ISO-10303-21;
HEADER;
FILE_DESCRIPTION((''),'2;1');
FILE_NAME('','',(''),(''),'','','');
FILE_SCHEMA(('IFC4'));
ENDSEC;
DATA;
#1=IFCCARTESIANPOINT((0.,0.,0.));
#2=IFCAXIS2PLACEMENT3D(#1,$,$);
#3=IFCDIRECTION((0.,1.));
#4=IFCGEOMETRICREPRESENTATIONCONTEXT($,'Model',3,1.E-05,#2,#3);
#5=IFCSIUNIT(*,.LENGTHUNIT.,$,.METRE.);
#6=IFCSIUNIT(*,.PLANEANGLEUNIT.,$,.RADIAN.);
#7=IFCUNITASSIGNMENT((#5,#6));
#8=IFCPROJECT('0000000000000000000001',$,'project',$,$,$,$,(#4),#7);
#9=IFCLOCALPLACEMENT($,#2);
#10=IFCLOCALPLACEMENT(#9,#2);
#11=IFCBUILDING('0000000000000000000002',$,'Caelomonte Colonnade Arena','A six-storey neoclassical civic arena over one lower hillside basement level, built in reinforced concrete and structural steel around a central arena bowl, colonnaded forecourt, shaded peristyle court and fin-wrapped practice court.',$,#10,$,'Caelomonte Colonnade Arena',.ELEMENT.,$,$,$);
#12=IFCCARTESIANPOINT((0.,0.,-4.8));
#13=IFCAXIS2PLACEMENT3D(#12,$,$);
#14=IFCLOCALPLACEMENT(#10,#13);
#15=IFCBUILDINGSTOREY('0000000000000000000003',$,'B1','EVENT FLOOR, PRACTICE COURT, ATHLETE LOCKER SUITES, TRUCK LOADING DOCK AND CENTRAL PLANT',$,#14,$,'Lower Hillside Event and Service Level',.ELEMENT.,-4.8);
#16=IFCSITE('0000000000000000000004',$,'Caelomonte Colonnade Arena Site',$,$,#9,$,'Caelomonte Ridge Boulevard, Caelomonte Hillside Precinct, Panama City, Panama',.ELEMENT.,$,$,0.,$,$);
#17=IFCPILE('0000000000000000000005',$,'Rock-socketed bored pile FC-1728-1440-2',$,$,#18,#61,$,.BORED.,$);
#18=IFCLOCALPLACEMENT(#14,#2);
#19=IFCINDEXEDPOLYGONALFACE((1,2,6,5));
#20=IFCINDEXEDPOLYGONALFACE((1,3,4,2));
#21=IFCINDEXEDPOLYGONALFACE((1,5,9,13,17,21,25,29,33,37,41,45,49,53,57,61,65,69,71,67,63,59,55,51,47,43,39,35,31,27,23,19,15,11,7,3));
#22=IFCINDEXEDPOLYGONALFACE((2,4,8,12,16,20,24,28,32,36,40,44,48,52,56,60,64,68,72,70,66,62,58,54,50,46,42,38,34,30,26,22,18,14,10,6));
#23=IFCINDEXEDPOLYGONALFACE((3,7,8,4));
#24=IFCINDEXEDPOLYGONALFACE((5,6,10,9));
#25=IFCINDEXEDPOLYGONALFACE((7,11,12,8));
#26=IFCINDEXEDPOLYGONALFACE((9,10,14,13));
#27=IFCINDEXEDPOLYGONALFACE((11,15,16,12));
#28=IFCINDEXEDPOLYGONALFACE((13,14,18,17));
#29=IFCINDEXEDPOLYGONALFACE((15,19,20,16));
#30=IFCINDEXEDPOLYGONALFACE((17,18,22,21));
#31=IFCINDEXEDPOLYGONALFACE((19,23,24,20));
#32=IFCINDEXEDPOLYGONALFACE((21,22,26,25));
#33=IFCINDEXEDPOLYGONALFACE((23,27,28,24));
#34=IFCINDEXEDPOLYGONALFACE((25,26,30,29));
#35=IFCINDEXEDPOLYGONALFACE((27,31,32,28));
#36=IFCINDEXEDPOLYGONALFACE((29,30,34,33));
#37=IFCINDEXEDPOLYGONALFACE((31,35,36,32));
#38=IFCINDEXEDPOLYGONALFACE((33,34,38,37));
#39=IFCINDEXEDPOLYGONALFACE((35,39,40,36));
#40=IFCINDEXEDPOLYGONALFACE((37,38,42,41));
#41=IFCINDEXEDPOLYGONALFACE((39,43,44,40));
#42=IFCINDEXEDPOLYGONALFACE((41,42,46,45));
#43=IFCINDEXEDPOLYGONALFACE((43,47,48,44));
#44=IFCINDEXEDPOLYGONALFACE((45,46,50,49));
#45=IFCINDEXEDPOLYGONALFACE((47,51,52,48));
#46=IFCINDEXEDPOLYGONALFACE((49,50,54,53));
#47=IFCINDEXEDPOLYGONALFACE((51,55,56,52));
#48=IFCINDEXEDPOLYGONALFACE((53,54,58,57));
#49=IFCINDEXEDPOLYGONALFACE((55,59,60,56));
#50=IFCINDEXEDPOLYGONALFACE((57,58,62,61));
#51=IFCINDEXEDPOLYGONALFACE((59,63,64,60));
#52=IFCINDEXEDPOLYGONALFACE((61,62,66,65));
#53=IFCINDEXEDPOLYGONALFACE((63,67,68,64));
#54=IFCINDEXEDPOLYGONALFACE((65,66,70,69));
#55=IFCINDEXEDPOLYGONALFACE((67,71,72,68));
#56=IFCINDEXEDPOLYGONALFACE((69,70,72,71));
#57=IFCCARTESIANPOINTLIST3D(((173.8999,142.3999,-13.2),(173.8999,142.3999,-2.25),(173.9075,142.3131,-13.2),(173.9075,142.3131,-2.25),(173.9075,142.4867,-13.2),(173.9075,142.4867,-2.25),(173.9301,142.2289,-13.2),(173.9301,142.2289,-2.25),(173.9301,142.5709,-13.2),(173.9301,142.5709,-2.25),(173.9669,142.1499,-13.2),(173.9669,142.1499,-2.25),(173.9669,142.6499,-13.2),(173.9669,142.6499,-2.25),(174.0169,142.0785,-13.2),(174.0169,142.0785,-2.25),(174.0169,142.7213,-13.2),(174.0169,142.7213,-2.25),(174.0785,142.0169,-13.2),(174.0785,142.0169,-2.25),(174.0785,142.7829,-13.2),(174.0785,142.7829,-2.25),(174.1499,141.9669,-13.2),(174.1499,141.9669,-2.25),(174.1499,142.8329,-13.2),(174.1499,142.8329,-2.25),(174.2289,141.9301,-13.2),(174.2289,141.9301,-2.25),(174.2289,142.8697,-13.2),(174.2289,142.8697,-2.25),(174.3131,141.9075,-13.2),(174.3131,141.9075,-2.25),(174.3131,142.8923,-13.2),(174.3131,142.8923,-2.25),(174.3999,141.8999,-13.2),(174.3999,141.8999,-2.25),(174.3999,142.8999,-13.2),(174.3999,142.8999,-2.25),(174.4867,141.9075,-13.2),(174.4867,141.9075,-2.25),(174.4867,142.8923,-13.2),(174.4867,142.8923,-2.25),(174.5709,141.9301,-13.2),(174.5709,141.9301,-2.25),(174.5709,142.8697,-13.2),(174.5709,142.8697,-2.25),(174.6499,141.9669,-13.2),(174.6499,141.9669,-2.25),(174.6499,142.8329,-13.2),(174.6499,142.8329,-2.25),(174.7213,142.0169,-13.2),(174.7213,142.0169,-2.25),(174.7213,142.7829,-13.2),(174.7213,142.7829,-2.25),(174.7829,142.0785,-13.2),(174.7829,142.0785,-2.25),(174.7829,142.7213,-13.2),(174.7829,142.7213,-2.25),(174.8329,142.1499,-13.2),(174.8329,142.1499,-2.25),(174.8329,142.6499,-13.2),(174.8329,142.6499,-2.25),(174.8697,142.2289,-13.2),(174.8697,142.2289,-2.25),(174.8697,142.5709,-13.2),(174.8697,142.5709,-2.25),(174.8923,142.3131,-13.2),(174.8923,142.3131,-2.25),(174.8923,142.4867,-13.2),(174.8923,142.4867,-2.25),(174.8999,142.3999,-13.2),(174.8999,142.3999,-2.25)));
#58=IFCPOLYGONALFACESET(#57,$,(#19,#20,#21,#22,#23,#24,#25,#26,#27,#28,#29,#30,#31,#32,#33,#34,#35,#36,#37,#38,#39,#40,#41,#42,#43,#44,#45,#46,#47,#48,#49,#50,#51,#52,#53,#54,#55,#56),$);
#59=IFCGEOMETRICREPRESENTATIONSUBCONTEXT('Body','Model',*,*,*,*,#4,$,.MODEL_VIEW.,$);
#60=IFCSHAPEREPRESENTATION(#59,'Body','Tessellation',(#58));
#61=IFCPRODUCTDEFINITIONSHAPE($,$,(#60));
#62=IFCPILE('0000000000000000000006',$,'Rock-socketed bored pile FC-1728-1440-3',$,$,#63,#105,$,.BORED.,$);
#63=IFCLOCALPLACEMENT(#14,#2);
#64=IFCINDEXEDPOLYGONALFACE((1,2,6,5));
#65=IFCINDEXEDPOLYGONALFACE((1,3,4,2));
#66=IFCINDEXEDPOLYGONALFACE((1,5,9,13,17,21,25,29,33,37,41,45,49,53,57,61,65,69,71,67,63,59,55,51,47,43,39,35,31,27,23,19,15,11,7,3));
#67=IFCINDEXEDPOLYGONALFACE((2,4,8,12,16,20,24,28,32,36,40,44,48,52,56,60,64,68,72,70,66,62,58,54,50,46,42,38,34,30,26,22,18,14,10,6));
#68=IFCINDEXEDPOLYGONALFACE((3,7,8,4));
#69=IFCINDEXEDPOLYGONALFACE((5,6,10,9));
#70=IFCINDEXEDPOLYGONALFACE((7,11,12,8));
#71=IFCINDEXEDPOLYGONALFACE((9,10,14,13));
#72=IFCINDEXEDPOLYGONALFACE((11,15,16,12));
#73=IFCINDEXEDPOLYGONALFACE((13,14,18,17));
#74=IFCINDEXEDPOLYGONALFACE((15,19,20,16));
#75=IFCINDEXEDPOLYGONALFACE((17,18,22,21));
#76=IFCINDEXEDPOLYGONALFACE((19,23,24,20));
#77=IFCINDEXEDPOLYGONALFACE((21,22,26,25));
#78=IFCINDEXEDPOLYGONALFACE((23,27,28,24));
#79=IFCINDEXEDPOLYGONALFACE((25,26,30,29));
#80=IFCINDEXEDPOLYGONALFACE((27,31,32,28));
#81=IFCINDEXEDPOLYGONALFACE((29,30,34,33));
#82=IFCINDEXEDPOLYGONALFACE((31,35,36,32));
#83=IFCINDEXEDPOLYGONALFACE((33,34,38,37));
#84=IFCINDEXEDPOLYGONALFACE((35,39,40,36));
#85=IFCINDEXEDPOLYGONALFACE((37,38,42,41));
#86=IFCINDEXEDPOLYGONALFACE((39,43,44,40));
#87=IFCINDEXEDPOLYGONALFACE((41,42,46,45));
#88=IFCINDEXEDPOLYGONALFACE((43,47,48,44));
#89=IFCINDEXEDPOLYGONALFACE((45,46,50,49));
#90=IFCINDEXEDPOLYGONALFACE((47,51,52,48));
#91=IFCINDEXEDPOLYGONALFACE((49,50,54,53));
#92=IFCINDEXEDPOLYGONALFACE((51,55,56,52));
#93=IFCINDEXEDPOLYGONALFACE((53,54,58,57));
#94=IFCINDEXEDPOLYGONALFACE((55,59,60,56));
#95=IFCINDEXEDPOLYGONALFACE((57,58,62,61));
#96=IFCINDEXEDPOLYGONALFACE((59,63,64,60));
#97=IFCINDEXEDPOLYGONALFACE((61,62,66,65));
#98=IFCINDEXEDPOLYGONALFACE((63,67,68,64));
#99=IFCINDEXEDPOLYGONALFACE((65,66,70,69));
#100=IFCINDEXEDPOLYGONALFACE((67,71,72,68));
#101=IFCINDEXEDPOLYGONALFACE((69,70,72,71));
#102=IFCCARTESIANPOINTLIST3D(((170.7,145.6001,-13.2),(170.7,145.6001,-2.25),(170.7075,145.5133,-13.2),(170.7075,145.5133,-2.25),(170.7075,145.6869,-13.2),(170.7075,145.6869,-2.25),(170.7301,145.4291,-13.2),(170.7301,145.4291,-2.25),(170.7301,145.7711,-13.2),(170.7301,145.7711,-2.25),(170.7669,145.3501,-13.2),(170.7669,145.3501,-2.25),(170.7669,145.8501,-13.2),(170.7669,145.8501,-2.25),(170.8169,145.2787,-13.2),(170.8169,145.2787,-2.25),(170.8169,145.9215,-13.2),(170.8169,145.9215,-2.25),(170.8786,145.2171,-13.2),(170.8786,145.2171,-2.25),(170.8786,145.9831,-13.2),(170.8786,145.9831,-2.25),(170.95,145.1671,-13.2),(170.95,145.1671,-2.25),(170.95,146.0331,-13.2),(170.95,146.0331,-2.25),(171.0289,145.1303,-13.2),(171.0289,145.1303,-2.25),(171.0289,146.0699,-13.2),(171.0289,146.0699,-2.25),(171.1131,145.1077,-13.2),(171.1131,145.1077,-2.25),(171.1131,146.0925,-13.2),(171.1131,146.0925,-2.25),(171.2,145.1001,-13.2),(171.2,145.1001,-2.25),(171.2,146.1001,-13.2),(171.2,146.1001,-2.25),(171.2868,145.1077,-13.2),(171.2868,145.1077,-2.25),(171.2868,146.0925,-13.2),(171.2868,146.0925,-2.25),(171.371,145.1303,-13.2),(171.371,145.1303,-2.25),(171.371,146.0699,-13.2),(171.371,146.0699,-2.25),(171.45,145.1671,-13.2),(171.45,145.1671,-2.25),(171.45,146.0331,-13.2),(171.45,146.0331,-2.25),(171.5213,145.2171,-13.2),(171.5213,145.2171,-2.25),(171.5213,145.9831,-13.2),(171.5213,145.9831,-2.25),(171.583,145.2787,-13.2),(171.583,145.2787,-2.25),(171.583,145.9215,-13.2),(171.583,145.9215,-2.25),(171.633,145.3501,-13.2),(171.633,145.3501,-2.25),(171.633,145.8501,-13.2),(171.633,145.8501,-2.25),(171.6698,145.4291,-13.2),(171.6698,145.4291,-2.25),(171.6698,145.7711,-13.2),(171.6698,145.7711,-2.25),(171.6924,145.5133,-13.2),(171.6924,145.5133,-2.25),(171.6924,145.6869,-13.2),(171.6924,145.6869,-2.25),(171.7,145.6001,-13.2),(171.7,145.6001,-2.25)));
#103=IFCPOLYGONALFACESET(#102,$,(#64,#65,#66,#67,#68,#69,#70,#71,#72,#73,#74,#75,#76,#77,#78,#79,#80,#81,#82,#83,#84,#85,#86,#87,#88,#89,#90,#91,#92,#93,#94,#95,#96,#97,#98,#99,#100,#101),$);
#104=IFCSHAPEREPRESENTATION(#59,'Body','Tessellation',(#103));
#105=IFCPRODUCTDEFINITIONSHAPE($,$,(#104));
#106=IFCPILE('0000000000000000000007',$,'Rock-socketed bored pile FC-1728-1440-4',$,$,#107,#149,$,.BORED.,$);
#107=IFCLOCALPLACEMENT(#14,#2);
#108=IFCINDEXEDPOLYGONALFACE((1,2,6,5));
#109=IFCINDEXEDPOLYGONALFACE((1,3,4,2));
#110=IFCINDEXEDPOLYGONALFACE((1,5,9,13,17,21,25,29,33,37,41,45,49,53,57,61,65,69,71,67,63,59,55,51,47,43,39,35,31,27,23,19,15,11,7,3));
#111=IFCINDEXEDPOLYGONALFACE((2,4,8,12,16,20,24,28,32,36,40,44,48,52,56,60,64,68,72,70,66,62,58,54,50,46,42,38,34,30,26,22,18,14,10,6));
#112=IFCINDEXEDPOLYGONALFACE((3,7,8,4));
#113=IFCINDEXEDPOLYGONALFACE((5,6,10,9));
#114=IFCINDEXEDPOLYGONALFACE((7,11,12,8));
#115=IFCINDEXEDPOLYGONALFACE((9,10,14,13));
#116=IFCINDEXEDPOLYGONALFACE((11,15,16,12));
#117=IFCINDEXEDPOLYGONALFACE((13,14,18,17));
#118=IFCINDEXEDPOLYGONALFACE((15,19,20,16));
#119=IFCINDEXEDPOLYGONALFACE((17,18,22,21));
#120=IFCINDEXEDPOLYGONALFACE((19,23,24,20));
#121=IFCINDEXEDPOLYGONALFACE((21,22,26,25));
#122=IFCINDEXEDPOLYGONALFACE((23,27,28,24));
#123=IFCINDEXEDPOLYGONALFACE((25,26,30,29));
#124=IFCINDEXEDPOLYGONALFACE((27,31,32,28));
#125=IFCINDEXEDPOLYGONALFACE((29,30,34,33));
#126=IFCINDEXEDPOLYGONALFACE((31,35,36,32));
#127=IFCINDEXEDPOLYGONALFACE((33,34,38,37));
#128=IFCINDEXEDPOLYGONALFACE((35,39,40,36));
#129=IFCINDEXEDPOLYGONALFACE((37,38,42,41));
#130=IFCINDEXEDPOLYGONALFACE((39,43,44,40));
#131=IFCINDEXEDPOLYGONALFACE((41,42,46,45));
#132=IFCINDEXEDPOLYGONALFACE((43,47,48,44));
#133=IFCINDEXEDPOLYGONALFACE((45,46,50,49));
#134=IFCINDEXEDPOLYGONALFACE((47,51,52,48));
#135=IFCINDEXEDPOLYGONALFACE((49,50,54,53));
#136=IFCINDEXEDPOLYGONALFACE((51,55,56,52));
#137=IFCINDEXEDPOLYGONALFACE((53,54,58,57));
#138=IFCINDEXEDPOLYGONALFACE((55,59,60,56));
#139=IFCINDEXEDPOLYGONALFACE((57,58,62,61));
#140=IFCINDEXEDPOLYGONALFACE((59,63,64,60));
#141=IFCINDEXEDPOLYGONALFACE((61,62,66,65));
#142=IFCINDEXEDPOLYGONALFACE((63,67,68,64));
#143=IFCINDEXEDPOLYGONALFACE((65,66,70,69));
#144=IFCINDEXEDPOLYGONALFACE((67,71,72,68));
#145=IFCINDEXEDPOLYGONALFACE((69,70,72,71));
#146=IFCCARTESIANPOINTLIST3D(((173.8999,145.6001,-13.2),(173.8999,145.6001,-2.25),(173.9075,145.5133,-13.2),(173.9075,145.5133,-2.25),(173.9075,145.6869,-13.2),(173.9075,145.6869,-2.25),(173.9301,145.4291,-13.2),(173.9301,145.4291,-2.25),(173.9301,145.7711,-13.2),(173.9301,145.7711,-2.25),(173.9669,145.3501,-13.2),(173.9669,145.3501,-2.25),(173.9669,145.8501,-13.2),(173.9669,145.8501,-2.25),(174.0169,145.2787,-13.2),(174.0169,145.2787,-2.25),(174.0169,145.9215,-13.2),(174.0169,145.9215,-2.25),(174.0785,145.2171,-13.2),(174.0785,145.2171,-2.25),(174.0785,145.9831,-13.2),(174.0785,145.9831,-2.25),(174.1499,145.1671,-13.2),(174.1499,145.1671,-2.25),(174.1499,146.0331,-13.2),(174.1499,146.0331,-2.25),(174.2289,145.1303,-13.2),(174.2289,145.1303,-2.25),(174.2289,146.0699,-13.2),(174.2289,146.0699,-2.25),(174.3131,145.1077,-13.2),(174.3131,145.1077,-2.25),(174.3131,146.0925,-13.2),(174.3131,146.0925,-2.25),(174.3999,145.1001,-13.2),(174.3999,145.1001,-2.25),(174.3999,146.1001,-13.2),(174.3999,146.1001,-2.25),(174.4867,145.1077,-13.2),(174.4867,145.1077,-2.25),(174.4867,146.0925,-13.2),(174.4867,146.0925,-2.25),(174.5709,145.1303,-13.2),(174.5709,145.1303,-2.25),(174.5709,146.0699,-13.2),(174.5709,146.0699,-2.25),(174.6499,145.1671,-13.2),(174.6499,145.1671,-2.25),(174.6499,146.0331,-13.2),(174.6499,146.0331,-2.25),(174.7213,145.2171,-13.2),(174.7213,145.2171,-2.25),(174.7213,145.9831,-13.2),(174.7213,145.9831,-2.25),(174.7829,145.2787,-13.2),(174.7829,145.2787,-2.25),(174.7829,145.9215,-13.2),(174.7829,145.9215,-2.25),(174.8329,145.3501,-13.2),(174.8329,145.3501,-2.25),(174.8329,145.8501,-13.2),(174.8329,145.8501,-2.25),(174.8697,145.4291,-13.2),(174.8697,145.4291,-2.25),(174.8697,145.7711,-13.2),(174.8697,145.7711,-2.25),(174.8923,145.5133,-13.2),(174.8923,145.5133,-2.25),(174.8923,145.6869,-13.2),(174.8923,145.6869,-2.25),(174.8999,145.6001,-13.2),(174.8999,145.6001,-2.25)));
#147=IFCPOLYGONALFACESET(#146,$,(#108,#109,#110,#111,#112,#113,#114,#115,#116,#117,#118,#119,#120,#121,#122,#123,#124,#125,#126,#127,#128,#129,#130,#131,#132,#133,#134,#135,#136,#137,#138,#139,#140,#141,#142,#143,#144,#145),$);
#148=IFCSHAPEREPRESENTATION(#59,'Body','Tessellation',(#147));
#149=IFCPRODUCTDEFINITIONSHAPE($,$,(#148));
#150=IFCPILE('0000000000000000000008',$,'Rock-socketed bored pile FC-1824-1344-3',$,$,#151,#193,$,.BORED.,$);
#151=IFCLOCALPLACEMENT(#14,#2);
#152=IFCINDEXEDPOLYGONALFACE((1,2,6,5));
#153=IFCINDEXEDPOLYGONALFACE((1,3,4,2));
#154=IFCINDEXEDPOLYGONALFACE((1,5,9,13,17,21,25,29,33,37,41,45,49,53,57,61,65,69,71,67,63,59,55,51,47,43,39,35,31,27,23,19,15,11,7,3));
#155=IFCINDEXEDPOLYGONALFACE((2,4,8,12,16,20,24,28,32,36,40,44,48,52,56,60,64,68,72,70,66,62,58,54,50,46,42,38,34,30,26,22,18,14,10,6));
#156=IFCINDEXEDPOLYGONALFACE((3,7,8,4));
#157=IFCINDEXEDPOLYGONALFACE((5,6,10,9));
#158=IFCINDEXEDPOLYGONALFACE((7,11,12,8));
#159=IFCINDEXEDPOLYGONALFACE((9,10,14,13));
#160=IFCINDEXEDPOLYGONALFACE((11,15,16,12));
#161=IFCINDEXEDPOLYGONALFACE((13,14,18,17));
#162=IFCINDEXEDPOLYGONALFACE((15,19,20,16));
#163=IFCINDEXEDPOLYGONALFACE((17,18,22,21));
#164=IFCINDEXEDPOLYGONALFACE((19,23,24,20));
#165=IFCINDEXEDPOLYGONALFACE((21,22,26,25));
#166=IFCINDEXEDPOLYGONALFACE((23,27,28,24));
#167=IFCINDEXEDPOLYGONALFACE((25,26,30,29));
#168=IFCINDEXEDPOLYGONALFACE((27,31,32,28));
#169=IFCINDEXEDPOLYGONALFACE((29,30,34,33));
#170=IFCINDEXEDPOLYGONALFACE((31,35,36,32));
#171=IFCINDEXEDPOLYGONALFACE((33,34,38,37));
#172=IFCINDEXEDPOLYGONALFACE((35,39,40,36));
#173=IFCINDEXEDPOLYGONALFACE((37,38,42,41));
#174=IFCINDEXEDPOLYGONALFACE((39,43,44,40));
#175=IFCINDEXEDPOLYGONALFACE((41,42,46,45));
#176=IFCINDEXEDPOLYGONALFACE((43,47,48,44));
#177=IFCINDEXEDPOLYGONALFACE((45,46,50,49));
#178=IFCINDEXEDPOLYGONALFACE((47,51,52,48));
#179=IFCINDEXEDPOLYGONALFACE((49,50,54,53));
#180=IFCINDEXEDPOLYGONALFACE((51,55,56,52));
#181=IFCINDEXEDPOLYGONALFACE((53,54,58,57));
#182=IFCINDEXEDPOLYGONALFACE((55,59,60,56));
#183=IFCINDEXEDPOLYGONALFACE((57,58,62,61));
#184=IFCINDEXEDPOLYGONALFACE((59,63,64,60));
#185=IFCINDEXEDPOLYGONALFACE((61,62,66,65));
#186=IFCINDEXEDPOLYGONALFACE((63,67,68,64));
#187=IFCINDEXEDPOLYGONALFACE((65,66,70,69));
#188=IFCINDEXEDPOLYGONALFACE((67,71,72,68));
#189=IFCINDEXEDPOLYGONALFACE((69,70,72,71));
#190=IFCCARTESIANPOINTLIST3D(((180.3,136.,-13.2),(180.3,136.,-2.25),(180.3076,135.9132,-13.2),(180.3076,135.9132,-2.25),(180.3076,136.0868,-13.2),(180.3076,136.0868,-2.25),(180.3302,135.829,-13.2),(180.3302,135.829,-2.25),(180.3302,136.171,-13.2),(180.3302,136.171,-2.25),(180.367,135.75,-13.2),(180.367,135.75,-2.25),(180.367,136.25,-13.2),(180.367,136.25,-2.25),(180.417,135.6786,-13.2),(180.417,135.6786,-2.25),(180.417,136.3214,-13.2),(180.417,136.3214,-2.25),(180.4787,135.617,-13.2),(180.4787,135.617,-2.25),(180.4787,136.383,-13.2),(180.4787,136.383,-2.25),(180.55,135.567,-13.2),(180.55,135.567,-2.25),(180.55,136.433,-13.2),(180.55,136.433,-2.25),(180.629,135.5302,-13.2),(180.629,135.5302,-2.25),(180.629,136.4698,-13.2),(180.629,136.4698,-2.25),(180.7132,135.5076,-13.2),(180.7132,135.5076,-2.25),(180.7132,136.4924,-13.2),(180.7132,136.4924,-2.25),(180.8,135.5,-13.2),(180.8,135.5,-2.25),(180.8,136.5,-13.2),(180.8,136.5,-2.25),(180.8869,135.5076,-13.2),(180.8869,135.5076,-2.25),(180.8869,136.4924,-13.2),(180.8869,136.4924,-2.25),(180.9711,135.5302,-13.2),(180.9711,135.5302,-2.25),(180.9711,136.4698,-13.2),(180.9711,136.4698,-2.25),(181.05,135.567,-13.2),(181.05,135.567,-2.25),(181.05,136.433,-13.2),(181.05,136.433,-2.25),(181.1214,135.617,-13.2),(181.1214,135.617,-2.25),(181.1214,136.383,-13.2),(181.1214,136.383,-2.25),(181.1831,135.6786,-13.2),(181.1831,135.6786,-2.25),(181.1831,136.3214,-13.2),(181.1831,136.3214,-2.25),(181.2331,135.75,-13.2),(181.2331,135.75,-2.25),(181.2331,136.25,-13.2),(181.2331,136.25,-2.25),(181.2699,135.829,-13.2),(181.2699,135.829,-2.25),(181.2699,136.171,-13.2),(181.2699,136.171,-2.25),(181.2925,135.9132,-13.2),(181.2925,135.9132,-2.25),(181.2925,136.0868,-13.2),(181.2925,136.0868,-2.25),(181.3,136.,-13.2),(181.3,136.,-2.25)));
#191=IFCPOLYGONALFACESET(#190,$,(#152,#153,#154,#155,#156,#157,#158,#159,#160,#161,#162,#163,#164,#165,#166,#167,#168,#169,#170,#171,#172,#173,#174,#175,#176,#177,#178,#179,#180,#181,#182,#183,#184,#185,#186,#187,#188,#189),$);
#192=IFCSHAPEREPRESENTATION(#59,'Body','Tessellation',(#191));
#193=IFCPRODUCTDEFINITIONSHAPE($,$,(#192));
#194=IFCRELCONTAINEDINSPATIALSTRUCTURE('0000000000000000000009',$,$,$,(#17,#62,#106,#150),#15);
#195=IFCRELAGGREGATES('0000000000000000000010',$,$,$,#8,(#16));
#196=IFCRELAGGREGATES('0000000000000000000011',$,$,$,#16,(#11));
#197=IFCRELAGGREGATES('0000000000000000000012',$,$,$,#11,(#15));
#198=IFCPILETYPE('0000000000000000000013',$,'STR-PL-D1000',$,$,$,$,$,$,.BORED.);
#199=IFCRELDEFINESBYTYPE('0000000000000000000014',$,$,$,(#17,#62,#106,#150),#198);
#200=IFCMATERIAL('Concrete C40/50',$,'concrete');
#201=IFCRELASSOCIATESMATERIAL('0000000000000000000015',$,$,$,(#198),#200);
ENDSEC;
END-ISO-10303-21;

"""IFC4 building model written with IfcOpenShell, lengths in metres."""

from ifc_helpers import new_model, si_unit, direction, frame, origin, origin_2d, place, context, subcontext, project, spatial, circle, extrude, material, material_profile, profile_set, type_object, element, save


model = new_model("IFC4")

# Units and contexts
model_context = context("Model", 3, precision=1e-05, world=origin(), true_north=direction((0.0, 1.0)))
body_context = subcontext(model_context, "Body", "Model", "MODEL_VIEW")
ifc_project = project(units=[si_unit("LENGTHUNIT", "METRE"), si_unit("PLANEANGLEUNIT", "RADIAN")], contexts=[model_context])

# Site, building, storey
site_placement = place(None, origin())
site = spatial("IfcSite", under=ifc_project, at=site_placement, Name="Caelomonte Colonnade Arena Site", LongName="Caelomonte Ridge Boulevard, Caelomonte Hillside Precinct, Panama City, Panama", CompositionType="ELEMENT", RefElevation=0.0)
building_placement = place(site_placement, origin())
building = spatial("IfcBuilding", under=site, at=building_placement, Name="Caelomonte Colonnade Arena", Description="A six-storey neoclassical civic arena over one lower hillside basement level, built in reinforced concrete and structural steel around a central arena bowl, colonnaded forecourt, shaded peristyle court and fin-wrapped practice court.", LongName="Caelomonte Colonnade Arena", CompositionType="ELEMENT")
storey_placement = place(building_placement, frame((0.0, 0.0, -4.8)))
storey = spatial("IfcBuildingStorey", under=building, at=storey_placement, Name="B1", Description="EVENT FLOOR, PRACTICE COURT, ATHLETE LOCKER SUITES, TRUCK LOADING DOCK AND CENTRAL PLANT", LongName="Lower Hillside Event and Service Level", CompositionType="ELEMENT", Elevation=-4.8)

# Shared definitions
ifc_material_1 = material(Name="Concrete C40/50", Category="concrete")

# Piles
ifc_material_profile_1 = material_profile(ifc_material_1, circle(Radius=0.5, at=origin_2d()), Name="PILE-D1000")
ifc_profile_set_1 = profile_set([ifc_material_profile_1], Name="Concrete C40/50")
pile_type = type_object("IfcPileType", Name="STR-PL-D1000", PredefinedType="BORED", material=ifc_profile_set_1)
for number, where, z_axis, x_axis, name in (
    (1, (174.3999, 142.3999, -2.25), (0.0, 0.0, -1.0), (1.0, 0.0, 0.0), "Rock-socketed bored pile FC-1728-1440-2"),
    (2, (171.2, 145.6001, -2.25), (0.0, 0.0, -1.0), (1.0, 0.0, 0.0), "Rock-socketed bored pile FC-1728-1440-3"),
    (3, (174.3999, 145.6001, -2.25), (0.0, 0.0, -1.0), (1.0, 0.0, 0.0), "Rock-socketed bored pile FC-1728-1440-4"),
    (4, (180.8, 136.0, -2.25), (0.0, 0.0, -1.0), (1.0, 0.0, 0.0), "Rock-socketed bored pile FC-1824-1344-3"),
):
    element("IfcPile", number, at=place(storey_placement, frame(where, z_axis=z_axis, x_axis=x_axis)), inside=storey, type_object=pile_type, Name=name, PredefinedType="BORED", context=body_context, shape_type="SweptSolid", body=[
        extrude(circle(Radius=0.5, at=origin_2d()), origin(), (0.0, 0.0, 1.0), 10.95),
    ])

save(model, "model.ifc")
